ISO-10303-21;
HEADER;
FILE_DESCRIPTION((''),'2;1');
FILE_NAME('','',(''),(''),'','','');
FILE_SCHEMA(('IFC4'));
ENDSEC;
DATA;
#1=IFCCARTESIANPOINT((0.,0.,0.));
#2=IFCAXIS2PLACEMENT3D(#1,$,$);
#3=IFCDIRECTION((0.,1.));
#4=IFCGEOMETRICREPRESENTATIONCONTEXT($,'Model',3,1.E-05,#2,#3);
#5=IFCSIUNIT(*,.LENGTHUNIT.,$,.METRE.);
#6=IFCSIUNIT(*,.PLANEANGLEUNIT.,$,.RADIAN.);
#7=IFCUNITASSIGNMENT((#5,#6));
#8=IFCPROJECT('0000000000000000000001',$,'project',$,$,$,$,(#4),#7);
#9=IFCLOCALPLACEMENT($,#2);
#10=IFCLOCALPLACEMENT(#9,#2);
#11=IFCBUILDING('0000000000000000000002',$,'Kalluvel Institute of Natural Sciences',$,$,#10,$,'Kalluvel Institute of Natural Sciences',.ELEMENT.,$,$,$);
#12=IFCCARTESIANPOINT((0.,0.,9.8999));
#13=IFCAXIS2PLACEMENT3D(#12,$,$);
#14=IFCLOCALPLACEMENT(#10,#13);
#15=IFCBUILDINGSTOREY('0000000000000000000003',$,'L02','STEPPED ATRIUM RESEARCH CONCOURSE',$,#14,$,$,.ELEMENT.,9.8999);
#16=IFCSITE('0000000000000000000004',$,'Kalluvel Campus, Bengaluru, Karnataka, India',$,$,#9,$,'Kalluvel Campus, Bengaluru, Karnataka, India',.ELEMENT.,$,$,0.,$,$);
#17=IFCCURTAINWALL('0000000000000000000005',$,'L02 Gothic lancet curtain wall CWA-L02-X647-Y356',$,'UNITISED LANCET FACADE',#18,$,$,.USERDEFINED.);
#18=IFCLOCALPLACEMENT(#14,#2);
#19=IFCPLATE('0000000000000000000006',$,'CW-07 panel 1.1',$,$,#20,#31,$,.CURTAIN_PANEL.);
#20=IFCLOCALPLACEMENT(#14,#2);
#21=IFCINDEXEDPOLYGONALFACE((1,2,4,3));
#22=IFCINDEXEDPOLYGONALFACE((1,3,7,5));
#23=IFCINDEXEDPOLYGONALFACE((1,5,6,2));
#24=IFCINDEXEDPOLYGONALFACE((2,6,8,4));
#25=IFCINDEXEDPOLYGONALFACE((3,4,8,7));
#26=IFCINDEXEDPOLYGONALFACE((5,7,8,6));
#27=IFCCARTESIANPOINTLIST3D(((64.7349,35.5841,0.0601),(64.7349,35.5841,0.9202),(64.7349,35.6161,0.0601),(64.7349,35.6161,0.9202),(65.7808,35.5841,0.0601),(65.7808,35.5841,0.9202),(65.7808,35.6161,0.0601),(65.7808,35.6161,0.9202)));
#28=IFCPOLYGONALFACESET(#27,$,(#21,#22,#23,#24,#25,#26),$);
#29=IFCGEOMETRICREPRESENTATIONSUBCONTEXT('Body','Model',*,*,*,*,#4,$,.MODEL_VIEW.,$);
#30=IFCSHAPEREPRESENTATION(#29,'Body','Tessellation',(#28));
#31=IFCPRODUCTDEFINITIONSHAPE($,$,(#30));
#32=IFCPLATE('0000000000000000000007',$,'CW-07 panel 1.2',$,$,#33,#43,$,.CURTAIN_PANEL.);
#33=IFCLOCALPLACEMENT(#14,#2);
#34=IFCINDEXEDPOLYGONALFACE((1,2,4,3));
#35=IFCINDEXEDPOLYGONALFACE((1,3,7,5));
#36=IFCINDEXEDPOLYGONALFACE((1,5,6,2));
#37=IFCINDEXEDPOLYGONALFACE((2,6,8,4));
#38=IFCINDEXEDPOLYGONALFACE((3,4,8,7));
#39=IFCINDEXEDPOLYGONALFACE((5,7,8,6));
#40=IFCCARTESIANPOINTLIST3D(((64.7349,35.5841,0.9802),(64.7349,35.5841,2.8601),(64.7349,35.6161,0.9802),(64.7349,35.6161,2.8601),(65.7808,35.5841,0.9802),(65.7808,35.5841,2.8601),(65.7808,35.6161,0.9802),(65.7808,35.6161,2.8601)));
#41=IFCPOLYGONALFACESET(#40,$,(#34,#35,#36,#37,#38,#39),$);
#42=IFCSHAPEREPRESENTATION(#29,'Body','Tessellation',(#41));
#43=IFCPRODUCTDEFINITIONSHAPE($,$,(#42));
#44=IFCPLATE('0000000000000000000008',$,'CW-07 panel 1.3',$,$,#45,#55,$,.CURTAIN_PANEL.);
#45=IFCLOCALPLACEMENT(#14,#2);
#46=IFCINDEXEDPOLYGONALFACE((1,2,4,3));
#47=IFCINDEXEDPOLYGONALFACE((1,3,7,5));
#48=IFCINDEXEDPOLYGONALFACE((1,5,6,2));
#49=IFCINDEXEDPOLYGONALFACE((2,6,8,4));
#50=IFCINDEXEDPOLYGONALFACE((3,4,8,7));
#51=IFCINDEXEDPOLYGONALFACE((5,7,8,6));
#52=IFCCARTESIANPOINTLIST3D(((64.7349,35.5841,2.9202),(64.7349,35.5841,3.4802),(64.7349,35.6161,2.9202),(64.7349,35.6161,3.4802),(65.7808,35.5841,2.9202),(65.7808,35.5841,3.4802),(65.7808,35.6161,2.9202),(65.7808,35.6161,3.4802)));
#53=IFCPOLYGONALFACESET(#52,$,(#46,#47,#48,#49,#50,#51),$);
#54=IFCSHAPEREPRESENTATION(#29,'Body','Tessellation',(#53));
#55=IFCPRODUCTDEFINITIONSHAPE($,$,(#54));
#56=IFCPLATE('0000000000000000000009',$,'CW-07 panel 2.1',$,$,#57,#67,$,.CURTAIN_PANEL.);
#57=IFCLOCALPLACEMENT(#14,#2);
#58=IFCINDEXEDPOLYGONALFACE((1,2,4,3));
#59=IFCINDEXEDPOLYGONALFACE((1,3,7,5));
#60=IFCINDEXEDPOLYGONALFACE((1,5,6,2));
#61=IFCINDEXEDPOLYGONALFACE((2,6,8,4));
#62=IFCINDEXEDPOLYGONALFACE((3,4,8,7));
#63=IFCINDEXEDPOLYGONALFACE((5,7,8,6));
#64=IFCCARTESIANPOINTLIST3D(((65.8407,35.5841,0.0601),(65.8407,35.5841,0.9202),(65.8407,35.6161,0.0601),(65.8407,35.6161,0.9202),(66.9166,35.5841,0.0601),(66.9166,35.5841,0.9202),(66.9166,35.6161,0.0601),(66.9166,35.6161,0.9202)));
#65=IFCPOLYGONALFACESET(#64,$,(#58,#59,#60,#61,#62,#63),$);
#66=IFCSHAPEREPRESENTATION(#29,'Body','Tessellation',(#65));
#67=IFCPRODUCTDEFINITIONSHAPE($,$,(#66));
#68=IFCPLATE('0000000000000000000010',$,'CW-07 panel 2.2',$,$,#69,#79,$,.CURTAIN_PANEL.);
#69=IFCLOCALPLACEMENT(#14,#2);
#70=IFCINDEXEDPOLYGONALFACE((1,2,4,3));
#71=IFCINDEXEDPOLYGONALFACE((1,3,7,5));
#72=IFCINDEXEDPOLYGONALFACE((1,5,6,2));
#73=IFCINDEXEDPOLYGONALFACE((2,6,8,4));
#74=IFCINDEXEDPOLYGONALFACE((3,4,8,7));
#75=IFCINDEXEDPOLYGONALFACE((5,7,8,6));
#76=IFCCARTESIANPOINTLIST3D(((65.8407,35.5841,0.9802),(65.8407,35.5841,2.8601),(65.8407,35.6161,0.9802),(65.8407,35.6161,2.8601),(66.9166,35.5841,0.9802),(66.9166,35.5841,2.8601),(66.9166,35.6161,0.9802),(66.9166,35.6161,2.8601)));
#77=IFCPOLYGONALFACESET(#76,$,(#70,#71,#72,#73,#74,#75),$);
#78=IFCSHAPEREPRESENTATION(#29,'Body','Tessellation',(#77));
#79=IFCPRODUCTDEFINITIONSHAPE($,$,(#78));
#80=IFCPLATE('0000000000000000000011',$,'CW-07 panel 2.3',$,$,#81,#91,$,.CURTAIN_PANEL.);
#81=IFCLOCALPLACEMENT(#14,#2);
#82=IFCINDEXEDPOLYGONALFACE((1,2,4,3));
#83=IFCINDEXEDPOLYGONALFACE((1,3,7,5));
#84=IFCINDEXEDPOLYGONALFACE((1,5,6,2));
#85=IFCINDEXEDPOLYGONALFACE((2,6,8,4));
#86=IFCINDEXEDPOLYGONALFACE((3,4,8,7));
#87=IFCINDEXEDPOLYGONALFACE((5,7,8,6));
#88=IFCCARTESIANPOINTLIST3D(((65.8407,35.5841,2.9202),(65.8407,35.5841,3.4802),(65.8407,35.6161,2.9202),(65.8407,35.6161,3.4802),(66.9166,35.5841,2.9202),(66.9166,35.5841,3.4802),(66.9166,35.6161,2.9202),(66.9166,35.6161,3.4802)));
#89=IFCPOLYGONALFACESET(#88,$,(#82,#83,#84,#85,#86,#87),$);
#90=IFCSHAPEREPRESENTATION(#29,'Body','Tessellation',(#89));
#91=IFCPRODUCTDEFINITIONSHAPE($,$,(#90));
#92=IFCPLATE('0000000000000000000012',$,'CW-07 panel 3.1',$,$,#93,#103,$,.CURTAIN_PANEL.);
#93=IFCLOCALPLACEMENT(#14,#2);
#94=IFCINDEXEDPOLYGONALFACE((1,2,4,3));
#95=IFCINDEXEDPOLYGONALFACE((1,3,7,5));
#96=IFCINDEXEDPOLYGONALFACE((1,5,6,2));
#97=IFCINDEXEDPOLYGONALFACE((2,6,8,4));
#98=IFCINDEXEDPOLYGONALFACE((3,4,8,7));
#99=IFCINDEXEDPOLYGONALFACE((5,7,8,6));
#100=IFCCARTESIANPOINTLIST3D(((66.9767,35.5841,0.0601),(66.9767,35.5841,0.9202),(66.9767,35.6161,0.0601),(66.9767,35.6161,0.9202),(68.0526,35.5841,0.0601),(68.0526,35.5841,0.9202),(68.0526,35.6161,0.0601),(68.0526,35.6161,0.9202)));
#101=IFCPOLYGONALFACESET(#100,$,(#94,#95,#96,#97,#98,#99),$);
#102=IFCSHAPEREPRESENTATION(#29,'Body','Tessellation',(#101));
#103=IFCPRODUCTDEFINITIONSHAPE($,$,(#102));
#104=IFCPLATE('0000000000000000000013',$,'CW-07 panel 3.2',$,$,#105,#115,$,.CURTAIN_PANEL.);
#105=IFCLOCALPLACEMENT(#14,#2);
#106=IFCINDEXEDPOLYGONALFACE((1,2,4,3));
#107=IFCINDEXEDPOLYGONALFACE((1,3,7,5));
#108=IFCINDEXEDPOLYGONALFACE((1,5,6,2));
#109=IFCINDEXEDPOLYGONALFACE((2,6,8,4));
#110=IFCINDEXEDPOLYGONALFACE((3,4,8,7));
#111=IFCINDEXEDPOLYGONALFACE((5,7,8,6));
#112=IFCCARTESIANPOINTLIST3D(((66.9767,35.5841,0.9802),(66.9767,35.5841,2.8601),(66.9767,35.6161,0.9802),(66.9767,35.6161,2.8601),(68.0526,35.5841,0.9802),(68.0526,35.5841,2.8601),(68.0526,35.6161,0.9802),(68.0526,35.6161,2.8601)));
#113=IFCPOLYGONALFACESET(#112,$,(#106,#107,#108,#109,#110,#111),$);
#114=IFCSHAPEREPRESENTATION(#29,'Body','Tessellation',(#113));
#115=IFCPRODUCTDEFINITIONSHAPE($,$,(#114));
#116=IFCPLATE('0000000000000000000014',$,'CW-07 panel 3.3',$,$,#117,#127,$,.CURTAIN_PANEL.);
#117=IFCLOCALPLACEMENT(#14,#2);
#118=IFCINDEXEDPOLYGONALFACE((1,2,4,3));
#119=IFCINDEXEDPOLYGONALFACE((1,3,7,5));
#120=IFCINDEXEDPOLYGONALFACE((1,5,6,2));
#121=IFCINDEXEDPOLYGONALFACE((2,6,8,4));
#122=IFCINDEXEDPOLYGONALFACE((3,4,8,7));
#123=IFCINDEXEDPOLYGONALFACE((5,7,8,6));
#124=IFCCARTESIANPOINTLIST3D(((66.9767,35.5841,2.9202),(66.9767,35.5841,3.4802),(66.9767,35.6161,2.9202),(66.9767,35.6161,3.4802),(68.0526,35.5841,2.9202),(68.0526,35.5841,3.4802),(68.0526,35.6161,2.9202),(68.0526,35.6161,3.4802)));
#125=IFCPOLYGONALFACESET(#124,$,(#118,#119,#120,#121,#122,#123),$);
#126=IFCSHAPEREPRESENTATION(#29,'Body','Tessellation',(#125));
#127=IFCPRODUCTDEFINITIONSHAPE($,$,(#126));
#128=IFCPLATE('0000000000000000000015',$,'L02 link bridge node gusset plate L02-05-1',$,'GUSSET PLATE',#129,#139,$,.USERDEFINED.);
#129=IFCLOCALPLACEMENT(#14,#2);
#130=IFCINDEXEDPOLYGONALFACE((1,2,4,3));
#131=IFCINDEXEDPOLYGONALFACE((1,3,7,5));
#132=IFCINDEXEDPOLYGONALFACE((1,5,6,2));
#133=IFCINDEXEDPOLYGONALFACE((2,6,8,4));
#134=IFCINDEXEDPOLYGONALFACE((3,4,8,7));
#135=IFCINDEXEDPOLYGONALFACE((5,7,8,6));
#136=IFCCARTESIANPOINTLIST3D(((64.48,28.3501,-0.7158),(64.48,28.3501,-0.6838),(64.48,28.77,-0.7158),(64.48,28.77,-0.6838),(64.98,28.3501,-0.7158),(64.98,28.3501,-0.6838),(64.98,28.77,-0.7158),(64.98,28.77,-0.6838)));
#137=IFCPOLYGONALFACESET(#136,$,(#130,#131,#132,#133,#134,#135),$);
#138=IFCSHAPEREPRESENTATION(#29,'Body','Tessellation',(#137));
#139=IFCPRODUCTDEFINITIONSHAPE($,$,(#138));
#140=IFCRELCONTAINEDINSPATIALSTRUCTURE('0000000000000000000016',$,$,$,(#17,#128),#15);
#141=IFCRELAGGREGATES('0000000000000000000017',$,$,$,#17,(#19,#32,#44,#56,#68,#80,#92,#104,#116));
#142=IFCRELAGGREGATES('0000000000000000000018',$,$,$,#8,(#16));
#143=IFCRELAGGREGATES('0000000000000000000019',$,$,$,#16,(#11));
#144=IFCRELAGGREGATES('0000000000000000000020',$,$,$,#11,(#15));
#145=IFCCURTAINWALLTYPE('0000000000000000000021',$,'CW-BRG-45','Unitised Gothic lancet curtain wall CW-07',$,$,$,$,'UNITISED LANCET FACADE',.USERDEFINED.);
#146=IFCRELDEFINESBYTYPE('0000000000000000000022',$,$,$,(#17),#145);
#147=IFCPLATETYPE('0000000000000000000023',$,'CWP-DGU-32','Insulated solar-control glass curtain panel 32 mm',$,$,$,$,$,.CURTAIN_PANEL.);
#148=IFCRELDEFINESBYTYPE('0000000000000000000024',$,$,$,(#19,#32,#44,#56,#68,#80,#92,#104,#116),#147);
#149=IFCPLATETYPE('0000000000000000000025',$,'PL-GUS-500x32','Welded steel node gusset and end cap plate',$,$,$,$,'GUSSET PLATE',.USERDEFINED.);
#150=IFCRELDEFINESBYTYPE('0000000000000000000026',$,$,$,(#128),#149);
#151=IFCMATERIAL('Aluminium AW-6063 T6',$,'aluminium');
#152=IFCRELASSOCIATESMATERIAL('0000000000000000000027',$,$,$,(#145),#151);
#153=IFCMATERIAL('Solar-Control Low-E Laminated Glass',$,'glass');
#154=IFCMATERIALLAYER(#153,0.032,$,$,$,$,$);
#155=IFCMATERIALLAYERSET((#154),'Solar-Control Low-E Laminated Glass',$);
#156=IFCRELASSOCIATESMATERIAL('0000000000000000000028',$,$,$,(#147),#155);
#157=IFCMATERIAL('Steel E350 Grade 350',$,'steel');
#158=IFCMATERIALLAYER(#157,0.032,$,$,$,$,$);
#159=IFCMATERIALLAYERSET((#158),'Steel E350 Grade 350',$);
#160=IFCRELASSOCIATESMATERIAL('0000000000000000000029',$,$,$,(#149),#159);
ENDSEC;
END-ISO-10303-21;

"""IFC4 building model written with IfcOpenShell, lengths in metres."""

from ifc_helpers import new_model, si_unit, direction, frame, origin, origin_2d, place, context, subcontext, project, spatial, rectangle, extrude, material, layer, layer_set, type_object, element, aggregate, save


model = new_model("IFC4")

# Units and contexts
model_context = context("Model", 3, precision=1e-05, world=origin(), true_north=direction((0.0, 1.0)))
body_context = subcontext(model_context, "Body", "Model", "MODEL_VIEW")
ifc_project = project(units=[si_unit("LENGTHUNIT", "METRE"), si_unit("PLANEANGLEUNIT", "RADIAN")], contexts=[model_context])

# Site, building, storey
site_placement = place(None, origin())
site = spatial("IfcSite", under=ifc_project, at=site_placement, Name="Kalluvel Campus, Bengaluru, Karnataka, India", LongName="Kalluvel Campus, Bengaluru, Karnataka, India", CompositionType="ELEMENT", RefElevation=0.0)
building_placement = place(site_placement, origin())
building = spatial("IfcBuilding", under=site, at=building_placement, Name="Kalluvel Institute of Natural Sciences", LongName="Kalluvel Institute of Natural Sciences", CompositionType="ELEMENT")
storey_placement = place(building_placement, frame((0.0, 0.0, 9.8999)))
storey = spatial("IfcBuildingStorey", under=building, at=storey_placement, Name="L02", Description="STEPPED ATRIUM RESEARCH CONCOURSE", CompositionType="ELEMENT", Elevation=9.8999)

# Shared definitions
ifc_material_1 = material(Name="Steel E350 Grade 350", Category="steel")

# Shared definitions
ifc_material_2 = material(Name="Aluminium AW-6063 T6", Category="aluminium")
curtain_wall_type = type_object("IfcCurtainWallType", Name="CW-BRG-45", Description="Unitised Gothic lancet curtain wall CW-07", ElementType="UNITISED LANCET FACADE", PredefinedType="USERDEFINED", material=ifc_material_2)

# Curtain wall, plates
curtain_wall_1_placement = place(storey_placement, origin())
curtain_wall_1 = element("IfcCurtainWall", 1, at=curtain_wall_1_placement, inside=storey, type_object=curtain_wall_type, Name="L02 Gothic lancet curtain wall CWA-L02-X647-Y356", ObjectType="UNITISED LANCET FACADE", PredefinedType="USERDEFINED")
ifc_material_3 = material(Name="Solar-Control Low-E Laminated Glass", Category="glass")
ifc_layer_1 = layer(ifc_material_3, 0.032)
ifc_layer_set_1 = layer_set([ifc_layer_1], Name="Solar-Control Low-E Laminated Glass")
plate_type_1 = type_object("IfcPlateType", Name="CWP-DGU-32", Description="Insulated solar-control glass curtain panel 32 mm", PredefinedType="CURTAIN_PANEL", material=ifc_layer_set_1)
plate_1_placement = place(storey_placement, frame((65.2578, 35.6001, 0.0601), z_axis=(0.0, 0.0, 1.0), x_axis=(1.0, 0.0, 0.0)))
plate_1 = element("IfcPlate", 2, at=plate_1_placement, type_object=plate_type_1, Name="CW-07 panel 1.1", PredefinedType="CURTAIN_PANEL", context=body_context, shape_type="SweptSolid", body=[
    extrude(rectangle(XDim=1.0459, YDim=0.032, at=origin_2d()), origin(), (0.0, 0.0, 1.0), 0.8601),
])
plate_2_placement = place(storey_placement, frame((65.2578, 35.6001, 0.9802), z_axis=(0.0, 0.0, 1.0), x_axis=(1.0, 0.0, 0.0)))
plate_2 = element("IfcPlate", 3, at=plate_2_placement, type_object=plate_type_1, Name="CW-07 panel 1.2", PredefinedType="CURTAIN_PANEL", context=body_context, shape_type="SweptSolid", body=[
    extrude(rectangle(XDim=1.0459, YDim=0.032, at=origin_2d()), origin(), (0.0, 0.0, 1.0), 1.8799),
])
plate_3_placement = place(storey_placement, frame((65.2578, 35.6001, 2.9202), z_axis=(0.0, 0.0, 1.0), x_axis=(1.0, 0.0, 0.0)))
plate_3 = element("IfcPlate", 4, at=plate_3_placement, type_object=plate_type_1, Name="CW-07 panel 1.3", PredefinedType="CURTAIN_PANEL", context=body_context, shape_type="SweptSolid", body=[
    extrude(rectangle(XDim=1.0459, YDim=0.032, at=origin_2d()), origin(), (0.0, 0.0, 1.0), 0.5601),
])
plate_4_placement = place(storey_placement, frame((66.3787, 35.6001, 0.0601), z_axis=(0.0, 0.0, 1.0), x_axis=(1.0, 0.0, 0.0)))
plate_4 = element("IfcPlate", 5, at=plate_4_placement, type_object=plate_type_1, Name="CW-07 panel 2.1", PredefinedType="CURTAIN_PANEL", context=body_context, shape_type="SweptSolid", body=[
    extrude(rectangle(XDim=1.0759, YDim=0.032, at=origin_2d()), origin(), (0.0, 0.0, 1.0), 0.8601),
])
plate_5_placement = place(storey_placement, frame((66.3787, 35.6001, 0.9802), z_axis=(0.0, 0.0, 1.0), x_axis=(1.0, 0.0, 0.0)))
plate_5 = element("IfcPlate", 6, at=plate_5_placement, type_object=plate_type_1, Name="CW-07 panel 2.2", PredefinedType="CURTAIN_PANEL", context=body_context, shape_type="SweptSolid", body=[
    extrude(rectangle(XDim=1.0759, YDim=0.032, at=origin_2d()), origin(), (0.0, 0.0, 1.0), 1.8799),
])
plate_6_placement = place(storey_placement, frame((66.3787, 35.6001, 2.9202), z_axis=(0.0, 0.0, 1.0), x_axis=(1.0, 0.0, 0.0)))
plate_6 = element("IfcPlate", 7, at=plate_6_placement, type_object=plate_type_1, Name="CW-07 panel 2.3", PredefinedType="CURTAIN_PANEL", context=body_context, shape_type="SweptSolid", body=[
    extrude(rectangle(XDim=1.0759, YDim=0.032, at=origin_2d()), origin(), (0.0, 0.0, 1.0), 0.5601),
])
plate_7_placement = place(storey_placement, frame((67.5146, 35.6001, 0.0601), z_axis=(0.0, 0.0, 1.0), x_axis=(1.0, 0.0, 0.0)))
plate_7 = element("IfcPlate", 8, at=plate_7_placement, type_object=plate_type_1, Name="CW-07 panel 3.1", PredefinedType="CURTAIN_PANEL", context=body_context, shape_type="SweptSolid", body=[
    extrude(rectangle(XDim=1.0759, YDim=0.032, at=origin_2d()), origin(), (0.0, 0.0, 1.0), 0.8601),
])
plate_8_placement = place(storey_placement, frame((67.5146, 35.6001, 0.9802), z_axis=(0.0, 0.0, 1.0), x_axis=(1.0, 0.0, 0.0)))
plate_8 = element("IfcPlate", 9, at=plate_8_placement, type_object=plate_type_1, Name="CW-07 panel 3.2", PredefinedType="CURTAIN_PANEL", context=body_context, shape_type="SweptSolid", body=[
    extrude(rectangle(XDim=1.0759, YDim=0.032, at=origin_2d()), origin(), (0.0, 0.0, 1.0), 1.8799),
])
plate_9_placement = place(storey_placement, frame((67.5146, 35.6001, 2.9202), z_axis=(0.0, 0.0, 1.0), x_axis=(1.0, 0.0, 0.0)))
plate_9 = element("IfcPlate", 10, at=plate_9_placement, type_object=plate_type_1, Name="CW-07 panel 3.3", PredefinedType="CURTAIN_PANEL", context=body_context, shape_type="SweptSolid", body=[
    extrude(rectangle(XDim=1.0759, YDim=0.032, at=origin_2d()), origin(), (0.0, 0.0, 1.0), 0.5601),
])
aggregate(curtain_wall_1, [plate_1, plate_2, plate_3, plate_4, plate_5, plate_6, plate_7, plate_8, plate_9])

# Plate
ifc_layer_2 = layer(ifc_material_1, 0.032)
ifc_layer_set_2 = layer_set([ifc_layer_2], Name="Steel E350 Grade 350")
plate_type_2 = type_object("IfcPlateType", Name="PL-GUS-500x32", Description="Welded steel node gusset and end cap plate", ElementType="GUSSET PLATE", PredefinedType="USERDEFINED", material=ifc_layer_set_2)
plate_10_placement = place(storey_placement, frame((64.73, 28.5601, -0.7158), z_axis=(0.0, 0.0, 1.0), x_axis=(1.0, 0.0, 0.0)))
element("IfcPlate", 11, at=plate_10_placement, inside=storey, type_object=plate_type_2, Name="L02 link bridge node gusset plate L02-05-1", ObjectType="GUSSET PLATE", PredefinedType="USERDEFINED", context=body_context, shape_type="SweptSolid", body=[
    extrude(rectangle(XDim=0.5, YDim=0.4199, at=origin_2d()), origin(), (0.0, 0.0, 1.0), 0.032),
])

save(model, "model.ifc")
